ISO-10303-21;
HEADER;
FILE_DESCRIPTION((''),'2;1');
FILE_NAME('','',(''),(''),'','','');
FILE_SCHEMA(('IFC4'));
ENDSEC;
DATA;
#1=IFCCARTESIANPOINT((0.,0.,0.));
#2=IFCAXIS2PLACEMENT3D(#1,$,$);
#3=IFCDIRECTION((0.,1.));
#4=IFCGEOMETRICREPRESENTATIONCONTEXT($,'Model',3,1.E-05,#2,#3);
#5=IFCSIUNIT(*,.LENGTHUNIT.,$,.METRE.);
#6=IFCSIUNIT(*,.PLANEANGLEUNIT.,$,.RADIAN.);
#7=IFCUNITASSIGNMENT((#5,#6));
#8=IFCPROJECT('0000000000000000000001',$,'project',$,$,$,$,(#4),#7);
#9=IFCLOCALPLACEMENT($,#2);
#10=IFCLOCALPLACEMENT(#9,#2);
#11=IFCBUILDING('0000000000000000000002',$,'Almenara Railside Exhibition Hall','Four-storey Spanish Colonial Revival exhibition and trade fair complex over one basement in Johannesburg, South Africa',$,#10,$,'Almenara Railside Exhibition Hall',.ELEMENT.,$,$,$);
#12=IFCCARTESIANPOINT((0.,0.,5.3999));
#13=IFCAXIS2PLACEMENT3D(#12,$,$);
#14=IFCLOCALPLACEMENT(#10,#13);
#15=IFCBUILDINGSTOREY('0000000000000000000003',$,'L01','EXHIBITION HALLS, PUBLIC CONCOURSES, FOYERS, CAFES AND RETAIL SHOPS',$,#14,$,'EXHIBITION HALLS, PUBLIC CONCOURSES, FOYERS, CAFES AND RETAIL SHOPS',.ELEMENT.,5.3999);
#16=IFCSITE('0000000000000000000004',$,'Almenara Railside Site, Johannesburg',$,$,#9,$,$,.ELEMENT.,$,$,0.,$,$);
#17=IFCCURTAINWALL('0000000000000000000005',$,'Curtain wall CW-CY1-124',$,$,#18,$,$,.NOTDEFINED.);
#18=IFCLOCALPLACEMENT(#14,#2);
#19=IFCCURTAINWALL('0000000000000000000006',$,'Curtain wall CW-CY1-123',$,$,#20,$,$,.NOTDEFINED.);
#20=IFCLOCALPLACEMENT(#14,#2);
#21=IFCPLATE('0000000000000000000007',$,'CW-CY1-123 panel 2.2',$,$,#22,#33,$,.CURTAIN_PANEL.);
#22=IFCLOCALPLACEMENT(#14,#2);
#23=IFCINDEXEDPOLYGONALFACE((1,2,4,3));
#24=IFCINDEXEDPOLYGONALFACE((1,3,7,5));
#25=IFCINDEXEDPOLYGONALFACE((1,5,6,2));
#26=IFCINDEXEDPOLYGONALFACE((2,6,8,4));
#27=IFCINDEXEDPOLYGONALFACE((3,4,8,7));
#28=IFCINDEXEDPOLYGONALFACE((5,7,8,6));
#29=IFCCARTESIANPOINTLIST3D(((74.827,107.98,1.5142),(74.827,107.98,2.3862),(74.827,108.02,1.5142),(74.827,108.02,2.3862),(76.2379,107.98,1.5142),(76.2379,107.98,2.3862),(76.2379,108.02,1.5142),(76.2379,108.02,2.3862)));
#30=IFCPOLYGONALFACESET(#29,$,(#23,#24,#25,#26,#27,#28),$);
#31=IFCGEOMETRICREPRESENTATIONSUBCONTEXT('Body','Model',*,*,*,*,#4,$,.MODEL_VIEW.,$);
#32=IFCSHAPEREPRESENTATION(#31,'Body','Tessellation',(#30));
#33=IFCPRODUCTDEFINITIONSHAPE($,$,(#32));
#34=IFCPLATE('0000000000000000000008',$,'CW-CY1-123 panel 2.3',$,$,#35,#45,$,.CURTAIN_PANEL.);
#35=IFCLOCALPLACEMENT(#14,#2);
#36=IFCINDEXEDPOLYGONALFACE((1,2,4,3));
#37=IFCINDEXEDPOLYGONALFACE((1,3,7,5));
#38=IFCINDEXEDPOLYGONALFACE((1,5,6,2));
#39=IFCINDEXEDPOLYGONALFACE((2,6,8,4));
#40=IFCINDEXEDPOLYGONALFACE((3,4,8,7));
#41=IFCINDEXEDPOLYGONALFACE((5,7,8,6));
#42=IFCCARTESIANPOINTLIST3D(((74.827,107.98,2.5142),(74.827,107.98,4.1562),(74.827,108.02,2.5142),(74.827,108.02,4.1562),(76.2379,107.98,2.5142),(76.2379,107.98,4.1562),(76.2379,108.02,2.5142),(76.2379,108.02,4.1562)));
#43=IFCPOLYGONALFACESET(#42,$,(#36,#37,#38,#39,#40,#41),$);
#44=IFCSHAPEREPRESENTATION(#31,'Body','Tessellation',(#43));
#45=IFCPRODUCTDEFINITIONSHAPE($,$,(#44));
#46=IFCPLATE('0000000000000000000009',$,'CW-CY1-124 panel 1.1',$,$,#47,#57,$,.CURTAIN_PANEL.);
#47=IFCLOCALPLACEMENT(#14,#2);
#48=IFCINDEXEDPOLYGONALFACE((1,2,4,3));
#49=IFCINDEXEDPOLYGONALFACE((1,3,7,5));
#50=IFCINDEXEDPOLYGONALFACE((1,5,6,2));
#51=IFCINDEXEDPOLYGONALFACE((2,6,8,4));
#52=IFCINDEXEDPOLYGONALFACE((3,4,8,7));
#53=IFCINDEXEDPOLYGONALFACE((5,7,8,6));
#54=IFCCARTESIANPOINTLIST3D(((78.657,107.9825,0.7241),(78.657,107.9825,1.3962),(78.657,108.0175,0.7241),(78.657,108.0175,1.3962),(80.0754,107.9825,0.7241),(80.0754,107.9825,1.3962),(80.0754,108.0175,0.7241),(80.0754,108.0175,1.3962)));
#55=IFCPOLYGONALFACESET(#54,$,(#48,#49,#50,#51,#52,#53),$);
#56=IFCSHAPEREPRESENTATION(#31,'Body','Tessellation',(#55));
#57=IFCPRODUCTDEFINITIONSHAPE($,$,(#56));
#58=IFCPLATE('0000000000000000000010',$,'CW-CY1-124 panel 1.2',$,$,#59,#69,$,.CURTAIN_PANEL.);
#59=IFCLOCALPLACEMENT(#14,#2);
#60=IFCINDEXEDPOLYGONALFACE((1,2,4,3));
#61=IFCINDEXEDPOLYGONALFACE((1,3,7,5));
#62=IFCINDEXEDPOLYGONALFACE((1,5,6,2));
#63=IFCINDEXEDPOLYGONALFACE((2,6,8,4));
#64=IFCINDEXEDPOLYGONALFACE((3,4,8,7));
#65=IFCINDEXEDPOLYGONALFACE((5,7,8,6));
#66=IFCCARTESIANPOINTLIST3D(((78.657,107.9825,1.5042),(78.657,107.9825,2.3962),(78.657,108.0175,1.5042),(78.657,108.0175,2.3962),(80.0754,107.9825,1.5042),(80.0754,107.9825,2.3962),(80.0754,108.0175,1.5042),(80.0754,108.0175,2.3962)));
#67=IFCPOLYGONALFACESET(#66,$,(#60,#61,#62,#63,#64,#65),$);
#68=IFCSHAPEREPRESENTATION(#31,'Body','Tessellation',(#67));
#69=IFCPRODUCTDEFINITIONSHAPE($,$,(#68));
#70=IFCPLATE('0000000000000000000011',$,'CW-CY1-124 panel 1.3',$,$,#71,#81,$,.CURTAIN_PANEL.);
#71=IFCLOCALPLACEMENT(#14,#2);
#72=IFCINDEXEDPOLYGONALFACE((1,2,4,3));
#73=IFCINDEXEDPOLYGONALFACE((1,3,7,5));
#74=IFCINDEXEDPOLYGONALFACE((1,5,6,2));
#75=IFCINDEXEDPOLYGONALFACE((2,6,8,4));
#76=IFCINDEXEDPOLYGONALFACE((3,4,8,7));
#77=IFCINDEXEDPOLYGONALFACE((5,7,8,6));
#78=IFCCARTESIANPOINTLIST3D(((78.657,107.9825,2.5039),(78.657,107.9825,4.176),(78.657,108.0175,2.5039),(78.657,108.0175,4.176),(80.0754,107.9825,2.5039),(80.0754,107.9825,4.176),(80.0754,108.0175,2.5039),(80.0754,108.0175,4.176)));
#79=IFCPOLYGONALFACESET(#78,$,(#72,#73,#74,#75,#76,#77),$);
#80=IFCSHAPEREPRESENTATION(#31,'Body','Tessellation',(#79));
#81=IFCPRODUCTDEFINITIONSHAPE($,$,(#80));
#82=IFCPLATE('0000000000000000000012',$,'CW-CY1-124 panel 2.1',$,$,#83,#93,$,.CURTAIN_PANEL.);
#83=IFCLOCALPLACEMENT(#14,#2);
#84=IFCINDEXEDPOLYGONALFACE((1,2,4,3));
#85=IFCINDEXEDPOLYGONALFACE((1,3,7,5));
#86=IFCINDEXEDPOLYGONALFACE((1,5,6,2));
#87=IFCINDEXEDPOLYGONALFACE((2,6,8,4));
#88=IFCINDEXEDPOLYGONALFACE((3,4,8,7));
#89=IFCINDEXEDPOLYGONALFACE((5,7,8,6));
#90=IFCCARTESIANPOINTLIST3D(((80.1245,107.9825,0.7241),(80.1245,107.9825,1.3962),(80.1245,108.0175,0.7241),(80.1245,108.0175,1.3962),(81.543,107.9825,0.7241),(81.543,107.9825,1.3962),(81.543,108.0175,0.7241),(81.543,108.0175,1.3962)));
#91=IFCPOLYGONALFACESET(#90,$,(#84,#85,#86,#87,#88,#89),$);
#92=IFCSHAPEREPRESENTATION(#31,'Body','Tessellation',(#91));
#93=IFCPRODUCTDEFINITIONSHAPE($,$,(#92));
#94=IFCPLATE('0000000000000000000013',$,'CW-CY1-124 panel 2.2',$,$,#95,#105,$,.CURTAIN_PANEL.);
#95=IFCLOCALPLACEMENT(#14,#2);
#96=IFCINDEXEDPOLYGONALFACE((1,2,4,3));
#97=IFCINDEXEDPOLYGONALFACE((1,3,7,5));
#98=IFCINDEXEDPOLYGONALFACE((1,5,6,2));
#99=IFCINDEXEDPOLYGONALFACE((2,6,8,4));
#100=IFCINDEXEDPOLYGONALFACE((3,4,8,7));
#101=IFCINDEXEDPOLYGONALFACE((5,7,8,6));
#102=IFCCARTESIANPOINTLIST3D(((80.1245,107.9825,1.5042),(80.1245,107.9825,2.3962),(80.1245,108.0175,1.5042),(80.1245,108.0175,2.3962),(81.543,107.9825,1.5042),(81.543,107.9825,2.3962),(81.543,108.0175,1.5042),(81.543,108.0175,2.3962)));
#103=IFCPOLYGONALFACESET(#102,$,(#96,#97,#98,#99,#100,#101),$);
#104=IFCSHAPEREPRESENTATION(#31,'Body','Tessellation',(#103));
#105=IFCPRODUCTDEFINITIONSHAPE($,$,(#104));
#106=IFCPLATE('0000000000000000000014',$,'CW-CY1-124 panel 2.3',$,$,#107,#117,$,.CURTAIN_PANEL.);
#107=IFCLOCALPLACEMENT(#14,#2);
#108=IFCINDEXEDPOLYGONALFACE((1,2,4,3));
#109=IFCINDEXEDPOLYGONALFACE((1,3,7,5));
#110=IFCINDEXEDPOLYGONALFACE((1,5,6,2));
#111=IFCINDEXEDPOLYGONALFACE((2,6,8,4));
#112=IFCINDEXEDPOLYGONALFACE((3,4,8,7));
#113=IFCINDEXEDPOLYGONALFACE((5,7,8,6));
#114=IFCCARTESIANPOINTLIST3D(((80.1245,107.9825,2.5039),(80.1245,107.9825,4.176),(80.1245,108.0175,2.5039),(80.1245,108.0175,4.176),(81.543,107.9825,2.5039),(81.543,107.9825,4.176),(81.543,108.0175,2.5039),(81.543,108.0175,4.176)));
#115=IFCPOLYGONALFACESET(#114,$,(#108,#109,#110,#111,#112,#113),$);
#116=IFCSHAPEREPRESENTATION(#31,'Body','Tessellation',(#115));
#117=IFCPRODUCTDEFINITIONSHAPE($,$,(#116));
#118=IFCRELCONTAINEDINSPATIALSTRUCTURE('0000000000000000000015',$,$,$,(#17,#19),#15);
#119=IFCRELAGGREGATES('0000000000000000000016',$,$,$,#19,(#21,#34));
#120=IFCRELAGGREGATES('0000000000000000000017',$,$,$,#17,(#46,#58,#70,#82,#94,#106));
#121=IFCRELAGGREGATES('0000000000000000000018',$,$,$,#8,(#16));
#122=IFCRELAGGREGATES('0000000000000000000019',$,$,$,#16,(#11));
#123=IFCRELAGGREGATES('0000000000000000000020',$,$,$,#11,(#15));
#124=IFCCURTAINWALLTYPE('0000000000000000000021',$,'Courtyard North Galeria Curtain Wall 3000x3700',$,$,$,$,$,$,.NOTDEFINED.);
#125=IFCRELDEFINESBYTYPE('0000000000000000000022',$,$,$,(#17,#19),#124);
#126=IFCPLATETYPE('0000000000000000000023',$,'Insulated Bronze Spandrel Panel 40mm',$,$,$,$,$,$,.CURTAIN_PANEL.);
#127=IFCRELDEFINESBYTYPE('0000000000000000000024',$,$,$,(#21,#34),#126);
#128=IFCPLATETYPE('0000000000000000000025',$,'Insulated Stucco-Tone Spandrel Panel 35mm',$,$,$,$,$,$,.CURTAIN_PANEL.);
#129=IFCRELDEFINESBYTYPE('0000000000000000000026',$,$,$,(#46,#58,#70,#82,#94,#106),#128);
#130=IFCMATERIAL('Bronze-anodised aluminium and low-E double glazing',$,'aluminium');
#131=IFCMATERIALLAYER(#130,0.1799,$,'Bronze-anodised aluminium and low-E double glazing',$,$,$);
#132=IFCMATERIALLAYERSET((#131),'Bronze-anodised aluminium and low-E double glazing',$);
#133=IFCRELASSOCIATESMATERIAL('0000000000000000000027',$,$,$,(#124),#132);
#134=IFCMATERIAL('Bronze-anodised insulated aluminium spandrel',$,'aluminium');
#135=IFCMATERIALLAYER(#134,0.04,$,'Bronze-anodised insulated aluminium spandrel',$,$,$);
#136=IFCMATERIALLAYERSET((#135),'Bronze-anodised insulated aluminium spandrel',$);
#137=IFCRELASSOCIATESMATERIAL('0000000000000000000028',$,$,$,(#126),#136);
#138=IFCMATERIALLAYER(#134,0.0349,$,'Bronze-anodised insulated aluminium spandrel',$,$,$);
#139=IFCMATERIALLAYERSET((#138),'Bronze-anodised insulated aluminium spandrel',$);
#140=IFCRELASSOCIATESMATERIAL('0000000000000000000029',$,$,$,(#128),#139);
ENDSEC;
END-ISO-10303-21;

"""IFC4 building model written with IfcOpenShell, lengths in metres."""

from ifc_helpers import new_model, si_unit, direction, frame, origin, origin_2d, place, context, subcontext, project, spatial, rectangle, extrude, material, layer, layer_set, type_object, element, aggregate, save


model = new_model("IFC4")

# Units and contexts
model_context = context("Model", 3, precision=1e-05, world=origin(), true_north=direction((0.0, 1.0)))
body_context = subcontext(model_context, "Body", "Model", "MODEL_VIEW")
ifc_project = project(units=[si_unit("LENGTHUNIT", "METRE"), si_unit("PLANEANGLEUNIT", "RADIAN")], contexts=[model_context])

# Site, building, storey
site_placement = place(None, origin())
site = spatial("IfcSite", under=ifc_project, at=site_placement, Name="Almenara Railside Site, Johannesburg", CompositionType="ELEMENT", RefElevation=0.0)
building_placement = place(site_placement, origin())
building = spatial("IfcBuilding", under=site, at=building_placement, Name="Almenara Railside Exhibition Hall", Description="Four-storey Spanish Colonial Revival exhibition and trade fair complex over one basement in Johannesburg, South Africa", LongName="Almenara Railside Exhibition Hall", CompositionType="ELEMENT")
storey_placement = place(building_placement, frame((0.0, 0.0, 5.3999)))
storey = spatial("IfcBuildingStorey", under=building, at=storey_placement, Name="L01", Description="EXHIBITION HALLS, PUBLIC CONCOURSES, FOYERS, CAFES AND RETAIL SHOPS", LongName="EXHIBITION HALLS, PUBLIC CONCOURSES, FOYERS, CAFES AND RETAIL SHOPS", CompositionType="ELEMENT", Elevation=5.3999)

# Curtain wall
ifc_material_1 = material(Name="Bronze-anodised aluminium and low-E double glazing", Category="aluminium")
ifc_layer_1 = layer(ifc_material_1, 0.1799, Name="Bronze-anodised aluminium and low-E double glazing")
ifc_layer_set_1 = layer_set([ifc_layer_1], Name="Bronze-anodised aluminium and low-E double glazing")
curtain_wall_type = type_object("IfcCurtainWallType", Name="Courtyard North Galeria Curtain Wall 3000x3700", PredefinedType="NOTDEFINED", material=ifc_layer_set_1)
curtain_wall_1_placement = place(storey_placement, origin())
curtain_wall_1 = element("IfcCurtainWall", 1, at=curtain_wall_1_placement, inside=storey, type_object=curtain_wall_type, Name="Curtain wall CW-CY1-124", PredefinedType="NOTDEFINED")

# Curtain wall
curtain_wall_2_placement = place(storey_placement, origin())
curtain_wall_2 = element("IfcCurtainWall", 2, at=curtain_wall_2_placement, inside=storey, type_object=curtain_wall_type, Name="Curtain wall CW-CY1-123", PredefinedType="NOTDEFINED")

# Plates
ifc_material_2 = material(Name="Bronze-anodised insulated aluminium spandrel", Category="aluminium")
ifc_layer_2 = layer(ifc_material_2, 0.04, Name="Bronze-anodised insulated aluminium spandrel")
ifc_layer_set_2 = layer_set([ifc_layer_2], Name="Bronze-anodised insulated aluminium spandrel")
plate_type_1 = type_object("IfcPlateType", Name="Insulated Bronze Spandrel Panel 40mm", PredefinedType="CURTAIN_PANEL", material=ifc_layer_set_2)
plate_1_placement = place(storey_placement, frame((75.5325, 108.0, 1.5142), z_axis=(0.0, 0.0, 1.0), x_axis=(1.0, 0.0, 0.0)))
plate_1 = element("IfcPlate", 3, at=plate_1_placement, type_object=plate_type_1, Name="CW-CY1-123 panel 2.2", PredefinedType="CURTAIN_PANEL", context=body_context, shape_type="SweptSolid", body=[
    extrude(rectangle(XDim=1.4109, YDim=0.04, at=origin_2d()), origin(), (0.0, 0.0, 1.0), 0.8721),
])
plate_2_placement = place(storey_placement, frame((75.5325, 108.0, 2.5142), z_axis=(0.0, 0.0, 1.0), x_axis=(1.0, 0.0, 0.0)))
plate_2 = element("IfcPlate", 4, at=plate_2_placement, type_object=plate_type_1, Name="CW-CY1-123 panel 2.3", PredefinedType="CURTAIN_PANEL", context=body_context, shape_type="SweptSolid", body=[
    extrude(rectangle(XDim=1.4109, YDim=0.04, at=origin_2d()), origin(), (0.0, 0.0, 1.0), 1.6421),
])
aggregate(curtain_wall_2, [plate_1, plate_2])
ifc_layer_3 = layer(ifc_material_2, 0.0349, Name="Bronze-anodised insulated aluminium spandrel")
ifc_layer_set_3 = layer_set([ifc_layer_3], Name="Bronze-anodised insulated aluminium spandrel")
plate_type_2 = type_object("IfcPlateType", Name="Insulated Stucco-Tone Spandrel Panel 35mm", PredefinedType="CURTAIN_PANEL", material=ifc_layer_set_3)
plate_3_placement = place(storey_placement, frame((79.3662, 108.0, 0.7241), z_axis=(0.0, 0.0, 1.0), x_axis=(1.0, 0.0, 0.0)))
plate_3 = element("IfcPlate", 5, at=plate_3_placement, type_object=plate_type_2, Name="CW-CY1-124 panel 1.1", PredefinedType="CURTAIN_PANEL", context=body_context, shape_type="SweptSolid", body=[
    extrude(rectangle(XDim=1.4185, YDim=0.0349, at=origin_2d()), origin(), (0.0, 0.0, 1.0), 0.6721),
])
plate_4_placement = place(storey_placement, frame((79.3662, 108.0, 1.5042), z_axis=(0.0, 0.0, 1.0), x_axis=(1.0, 0.0, 0.0)))
plate_4 = element("IfcPlate", 6, at=plate_4_placement, type_object=plate_type_2, Name="CW-CY1-124 panel 1.2", PredefinedType="CURTAIN_PANEL", context=body_context, shape_type="SweptSolid", body=[
    extrude(rectangle(XDim=1.4185, YDim=0.0349, at=origin_2d()), origin(), (0.0, 0.0, 1.0), 0.8921),
])
plate_5_placement = place(storey_placement, frame((79.3662, 108.0, 2.5039), z_axis=(0.0, 0.0, 1.0), x_axis=(1.0, 0.0, 0.0)))
plate_5 = element("IfcPlate", 7, at=plate_5_placement, type_object=plate_type_2, Name="CW-CY1-124 panel 1.3", PredefinedType="CURTAIN_PANEL", context=body_context, shape_type="SweptSolid", body=[
    extrude(rectangle(XDim=1.4185, YDim=0.0349, at=origin_2d()), origin(), (0.0, 0.0, 1.0), 1.6721),
])
plate_6_placement = place(storey_placement, frame((80.8337, 108.0, 0.7241), z_axis=(0.0, 0.0, 1.0), x_axis=(1.0, 0.0, 0.0)))
plate_6 = element("IfcPlate", 8, at=plate_6_placement, type_object=plate_type_2, Name="CW-CY1-124 panel 2.1", PredefinedType="CURTAIN_PANEL", context=body_context, shape_type="SweptSolid", body=[
    extrude(rectangle(XDim=1.4185, YDim=0.0349, at=origin_2d()), origin(), (0.0, 0.0, 1.0), 0.6721),
])
plate_7_placement = place(storey_placement, frame((80.8337, 108.0, 1.5042), z_axis=(0.0, 0.0, 1.0), x_axis=(1.0, 0.0, 0.0)))
plate_7 = element("IfcPlate", 9, at=plate_7_placement, type_object=plate_type_2, Name="CW-CY1-124 panel 2.2", PredefinedType="CURTAIN_PANEL", context=body_context, shape_type="SweptSolid", body=[
    extrude(rectangle(XDim=1.4185, YDim=0.0349, at=origin_2d()), origin(), (0.0, 0.0, 1.0), 0.8921),
])
plate_8_placement = place(storey_placement, frame((80.8337, 108.0, 2.5039), z_axis=(0.0, 0.0, 1.0), x_axis=(1.0, 0.0, 0.0)))
plate_8 = element("IfcPlate", 10, at=plate_8_placement, type_object=plate_type_2, Name="CW-CY1-124 panel 2.3", PredefinedType="CURTAIN_PANEL", context=body_context, shape_type="SweptSolid", body=[
    extrude(rectangle(XDim=1.4185, YDim=0.0349, at=origin_2d()), origin(), (0.0, 0.0, 1.0), 1.6721),
])
aggregate(curtain_wall_1, [plate_3, plate_4, plate_5, plate_6, plate_7, plate_8])

save(model, "model.ifc")
